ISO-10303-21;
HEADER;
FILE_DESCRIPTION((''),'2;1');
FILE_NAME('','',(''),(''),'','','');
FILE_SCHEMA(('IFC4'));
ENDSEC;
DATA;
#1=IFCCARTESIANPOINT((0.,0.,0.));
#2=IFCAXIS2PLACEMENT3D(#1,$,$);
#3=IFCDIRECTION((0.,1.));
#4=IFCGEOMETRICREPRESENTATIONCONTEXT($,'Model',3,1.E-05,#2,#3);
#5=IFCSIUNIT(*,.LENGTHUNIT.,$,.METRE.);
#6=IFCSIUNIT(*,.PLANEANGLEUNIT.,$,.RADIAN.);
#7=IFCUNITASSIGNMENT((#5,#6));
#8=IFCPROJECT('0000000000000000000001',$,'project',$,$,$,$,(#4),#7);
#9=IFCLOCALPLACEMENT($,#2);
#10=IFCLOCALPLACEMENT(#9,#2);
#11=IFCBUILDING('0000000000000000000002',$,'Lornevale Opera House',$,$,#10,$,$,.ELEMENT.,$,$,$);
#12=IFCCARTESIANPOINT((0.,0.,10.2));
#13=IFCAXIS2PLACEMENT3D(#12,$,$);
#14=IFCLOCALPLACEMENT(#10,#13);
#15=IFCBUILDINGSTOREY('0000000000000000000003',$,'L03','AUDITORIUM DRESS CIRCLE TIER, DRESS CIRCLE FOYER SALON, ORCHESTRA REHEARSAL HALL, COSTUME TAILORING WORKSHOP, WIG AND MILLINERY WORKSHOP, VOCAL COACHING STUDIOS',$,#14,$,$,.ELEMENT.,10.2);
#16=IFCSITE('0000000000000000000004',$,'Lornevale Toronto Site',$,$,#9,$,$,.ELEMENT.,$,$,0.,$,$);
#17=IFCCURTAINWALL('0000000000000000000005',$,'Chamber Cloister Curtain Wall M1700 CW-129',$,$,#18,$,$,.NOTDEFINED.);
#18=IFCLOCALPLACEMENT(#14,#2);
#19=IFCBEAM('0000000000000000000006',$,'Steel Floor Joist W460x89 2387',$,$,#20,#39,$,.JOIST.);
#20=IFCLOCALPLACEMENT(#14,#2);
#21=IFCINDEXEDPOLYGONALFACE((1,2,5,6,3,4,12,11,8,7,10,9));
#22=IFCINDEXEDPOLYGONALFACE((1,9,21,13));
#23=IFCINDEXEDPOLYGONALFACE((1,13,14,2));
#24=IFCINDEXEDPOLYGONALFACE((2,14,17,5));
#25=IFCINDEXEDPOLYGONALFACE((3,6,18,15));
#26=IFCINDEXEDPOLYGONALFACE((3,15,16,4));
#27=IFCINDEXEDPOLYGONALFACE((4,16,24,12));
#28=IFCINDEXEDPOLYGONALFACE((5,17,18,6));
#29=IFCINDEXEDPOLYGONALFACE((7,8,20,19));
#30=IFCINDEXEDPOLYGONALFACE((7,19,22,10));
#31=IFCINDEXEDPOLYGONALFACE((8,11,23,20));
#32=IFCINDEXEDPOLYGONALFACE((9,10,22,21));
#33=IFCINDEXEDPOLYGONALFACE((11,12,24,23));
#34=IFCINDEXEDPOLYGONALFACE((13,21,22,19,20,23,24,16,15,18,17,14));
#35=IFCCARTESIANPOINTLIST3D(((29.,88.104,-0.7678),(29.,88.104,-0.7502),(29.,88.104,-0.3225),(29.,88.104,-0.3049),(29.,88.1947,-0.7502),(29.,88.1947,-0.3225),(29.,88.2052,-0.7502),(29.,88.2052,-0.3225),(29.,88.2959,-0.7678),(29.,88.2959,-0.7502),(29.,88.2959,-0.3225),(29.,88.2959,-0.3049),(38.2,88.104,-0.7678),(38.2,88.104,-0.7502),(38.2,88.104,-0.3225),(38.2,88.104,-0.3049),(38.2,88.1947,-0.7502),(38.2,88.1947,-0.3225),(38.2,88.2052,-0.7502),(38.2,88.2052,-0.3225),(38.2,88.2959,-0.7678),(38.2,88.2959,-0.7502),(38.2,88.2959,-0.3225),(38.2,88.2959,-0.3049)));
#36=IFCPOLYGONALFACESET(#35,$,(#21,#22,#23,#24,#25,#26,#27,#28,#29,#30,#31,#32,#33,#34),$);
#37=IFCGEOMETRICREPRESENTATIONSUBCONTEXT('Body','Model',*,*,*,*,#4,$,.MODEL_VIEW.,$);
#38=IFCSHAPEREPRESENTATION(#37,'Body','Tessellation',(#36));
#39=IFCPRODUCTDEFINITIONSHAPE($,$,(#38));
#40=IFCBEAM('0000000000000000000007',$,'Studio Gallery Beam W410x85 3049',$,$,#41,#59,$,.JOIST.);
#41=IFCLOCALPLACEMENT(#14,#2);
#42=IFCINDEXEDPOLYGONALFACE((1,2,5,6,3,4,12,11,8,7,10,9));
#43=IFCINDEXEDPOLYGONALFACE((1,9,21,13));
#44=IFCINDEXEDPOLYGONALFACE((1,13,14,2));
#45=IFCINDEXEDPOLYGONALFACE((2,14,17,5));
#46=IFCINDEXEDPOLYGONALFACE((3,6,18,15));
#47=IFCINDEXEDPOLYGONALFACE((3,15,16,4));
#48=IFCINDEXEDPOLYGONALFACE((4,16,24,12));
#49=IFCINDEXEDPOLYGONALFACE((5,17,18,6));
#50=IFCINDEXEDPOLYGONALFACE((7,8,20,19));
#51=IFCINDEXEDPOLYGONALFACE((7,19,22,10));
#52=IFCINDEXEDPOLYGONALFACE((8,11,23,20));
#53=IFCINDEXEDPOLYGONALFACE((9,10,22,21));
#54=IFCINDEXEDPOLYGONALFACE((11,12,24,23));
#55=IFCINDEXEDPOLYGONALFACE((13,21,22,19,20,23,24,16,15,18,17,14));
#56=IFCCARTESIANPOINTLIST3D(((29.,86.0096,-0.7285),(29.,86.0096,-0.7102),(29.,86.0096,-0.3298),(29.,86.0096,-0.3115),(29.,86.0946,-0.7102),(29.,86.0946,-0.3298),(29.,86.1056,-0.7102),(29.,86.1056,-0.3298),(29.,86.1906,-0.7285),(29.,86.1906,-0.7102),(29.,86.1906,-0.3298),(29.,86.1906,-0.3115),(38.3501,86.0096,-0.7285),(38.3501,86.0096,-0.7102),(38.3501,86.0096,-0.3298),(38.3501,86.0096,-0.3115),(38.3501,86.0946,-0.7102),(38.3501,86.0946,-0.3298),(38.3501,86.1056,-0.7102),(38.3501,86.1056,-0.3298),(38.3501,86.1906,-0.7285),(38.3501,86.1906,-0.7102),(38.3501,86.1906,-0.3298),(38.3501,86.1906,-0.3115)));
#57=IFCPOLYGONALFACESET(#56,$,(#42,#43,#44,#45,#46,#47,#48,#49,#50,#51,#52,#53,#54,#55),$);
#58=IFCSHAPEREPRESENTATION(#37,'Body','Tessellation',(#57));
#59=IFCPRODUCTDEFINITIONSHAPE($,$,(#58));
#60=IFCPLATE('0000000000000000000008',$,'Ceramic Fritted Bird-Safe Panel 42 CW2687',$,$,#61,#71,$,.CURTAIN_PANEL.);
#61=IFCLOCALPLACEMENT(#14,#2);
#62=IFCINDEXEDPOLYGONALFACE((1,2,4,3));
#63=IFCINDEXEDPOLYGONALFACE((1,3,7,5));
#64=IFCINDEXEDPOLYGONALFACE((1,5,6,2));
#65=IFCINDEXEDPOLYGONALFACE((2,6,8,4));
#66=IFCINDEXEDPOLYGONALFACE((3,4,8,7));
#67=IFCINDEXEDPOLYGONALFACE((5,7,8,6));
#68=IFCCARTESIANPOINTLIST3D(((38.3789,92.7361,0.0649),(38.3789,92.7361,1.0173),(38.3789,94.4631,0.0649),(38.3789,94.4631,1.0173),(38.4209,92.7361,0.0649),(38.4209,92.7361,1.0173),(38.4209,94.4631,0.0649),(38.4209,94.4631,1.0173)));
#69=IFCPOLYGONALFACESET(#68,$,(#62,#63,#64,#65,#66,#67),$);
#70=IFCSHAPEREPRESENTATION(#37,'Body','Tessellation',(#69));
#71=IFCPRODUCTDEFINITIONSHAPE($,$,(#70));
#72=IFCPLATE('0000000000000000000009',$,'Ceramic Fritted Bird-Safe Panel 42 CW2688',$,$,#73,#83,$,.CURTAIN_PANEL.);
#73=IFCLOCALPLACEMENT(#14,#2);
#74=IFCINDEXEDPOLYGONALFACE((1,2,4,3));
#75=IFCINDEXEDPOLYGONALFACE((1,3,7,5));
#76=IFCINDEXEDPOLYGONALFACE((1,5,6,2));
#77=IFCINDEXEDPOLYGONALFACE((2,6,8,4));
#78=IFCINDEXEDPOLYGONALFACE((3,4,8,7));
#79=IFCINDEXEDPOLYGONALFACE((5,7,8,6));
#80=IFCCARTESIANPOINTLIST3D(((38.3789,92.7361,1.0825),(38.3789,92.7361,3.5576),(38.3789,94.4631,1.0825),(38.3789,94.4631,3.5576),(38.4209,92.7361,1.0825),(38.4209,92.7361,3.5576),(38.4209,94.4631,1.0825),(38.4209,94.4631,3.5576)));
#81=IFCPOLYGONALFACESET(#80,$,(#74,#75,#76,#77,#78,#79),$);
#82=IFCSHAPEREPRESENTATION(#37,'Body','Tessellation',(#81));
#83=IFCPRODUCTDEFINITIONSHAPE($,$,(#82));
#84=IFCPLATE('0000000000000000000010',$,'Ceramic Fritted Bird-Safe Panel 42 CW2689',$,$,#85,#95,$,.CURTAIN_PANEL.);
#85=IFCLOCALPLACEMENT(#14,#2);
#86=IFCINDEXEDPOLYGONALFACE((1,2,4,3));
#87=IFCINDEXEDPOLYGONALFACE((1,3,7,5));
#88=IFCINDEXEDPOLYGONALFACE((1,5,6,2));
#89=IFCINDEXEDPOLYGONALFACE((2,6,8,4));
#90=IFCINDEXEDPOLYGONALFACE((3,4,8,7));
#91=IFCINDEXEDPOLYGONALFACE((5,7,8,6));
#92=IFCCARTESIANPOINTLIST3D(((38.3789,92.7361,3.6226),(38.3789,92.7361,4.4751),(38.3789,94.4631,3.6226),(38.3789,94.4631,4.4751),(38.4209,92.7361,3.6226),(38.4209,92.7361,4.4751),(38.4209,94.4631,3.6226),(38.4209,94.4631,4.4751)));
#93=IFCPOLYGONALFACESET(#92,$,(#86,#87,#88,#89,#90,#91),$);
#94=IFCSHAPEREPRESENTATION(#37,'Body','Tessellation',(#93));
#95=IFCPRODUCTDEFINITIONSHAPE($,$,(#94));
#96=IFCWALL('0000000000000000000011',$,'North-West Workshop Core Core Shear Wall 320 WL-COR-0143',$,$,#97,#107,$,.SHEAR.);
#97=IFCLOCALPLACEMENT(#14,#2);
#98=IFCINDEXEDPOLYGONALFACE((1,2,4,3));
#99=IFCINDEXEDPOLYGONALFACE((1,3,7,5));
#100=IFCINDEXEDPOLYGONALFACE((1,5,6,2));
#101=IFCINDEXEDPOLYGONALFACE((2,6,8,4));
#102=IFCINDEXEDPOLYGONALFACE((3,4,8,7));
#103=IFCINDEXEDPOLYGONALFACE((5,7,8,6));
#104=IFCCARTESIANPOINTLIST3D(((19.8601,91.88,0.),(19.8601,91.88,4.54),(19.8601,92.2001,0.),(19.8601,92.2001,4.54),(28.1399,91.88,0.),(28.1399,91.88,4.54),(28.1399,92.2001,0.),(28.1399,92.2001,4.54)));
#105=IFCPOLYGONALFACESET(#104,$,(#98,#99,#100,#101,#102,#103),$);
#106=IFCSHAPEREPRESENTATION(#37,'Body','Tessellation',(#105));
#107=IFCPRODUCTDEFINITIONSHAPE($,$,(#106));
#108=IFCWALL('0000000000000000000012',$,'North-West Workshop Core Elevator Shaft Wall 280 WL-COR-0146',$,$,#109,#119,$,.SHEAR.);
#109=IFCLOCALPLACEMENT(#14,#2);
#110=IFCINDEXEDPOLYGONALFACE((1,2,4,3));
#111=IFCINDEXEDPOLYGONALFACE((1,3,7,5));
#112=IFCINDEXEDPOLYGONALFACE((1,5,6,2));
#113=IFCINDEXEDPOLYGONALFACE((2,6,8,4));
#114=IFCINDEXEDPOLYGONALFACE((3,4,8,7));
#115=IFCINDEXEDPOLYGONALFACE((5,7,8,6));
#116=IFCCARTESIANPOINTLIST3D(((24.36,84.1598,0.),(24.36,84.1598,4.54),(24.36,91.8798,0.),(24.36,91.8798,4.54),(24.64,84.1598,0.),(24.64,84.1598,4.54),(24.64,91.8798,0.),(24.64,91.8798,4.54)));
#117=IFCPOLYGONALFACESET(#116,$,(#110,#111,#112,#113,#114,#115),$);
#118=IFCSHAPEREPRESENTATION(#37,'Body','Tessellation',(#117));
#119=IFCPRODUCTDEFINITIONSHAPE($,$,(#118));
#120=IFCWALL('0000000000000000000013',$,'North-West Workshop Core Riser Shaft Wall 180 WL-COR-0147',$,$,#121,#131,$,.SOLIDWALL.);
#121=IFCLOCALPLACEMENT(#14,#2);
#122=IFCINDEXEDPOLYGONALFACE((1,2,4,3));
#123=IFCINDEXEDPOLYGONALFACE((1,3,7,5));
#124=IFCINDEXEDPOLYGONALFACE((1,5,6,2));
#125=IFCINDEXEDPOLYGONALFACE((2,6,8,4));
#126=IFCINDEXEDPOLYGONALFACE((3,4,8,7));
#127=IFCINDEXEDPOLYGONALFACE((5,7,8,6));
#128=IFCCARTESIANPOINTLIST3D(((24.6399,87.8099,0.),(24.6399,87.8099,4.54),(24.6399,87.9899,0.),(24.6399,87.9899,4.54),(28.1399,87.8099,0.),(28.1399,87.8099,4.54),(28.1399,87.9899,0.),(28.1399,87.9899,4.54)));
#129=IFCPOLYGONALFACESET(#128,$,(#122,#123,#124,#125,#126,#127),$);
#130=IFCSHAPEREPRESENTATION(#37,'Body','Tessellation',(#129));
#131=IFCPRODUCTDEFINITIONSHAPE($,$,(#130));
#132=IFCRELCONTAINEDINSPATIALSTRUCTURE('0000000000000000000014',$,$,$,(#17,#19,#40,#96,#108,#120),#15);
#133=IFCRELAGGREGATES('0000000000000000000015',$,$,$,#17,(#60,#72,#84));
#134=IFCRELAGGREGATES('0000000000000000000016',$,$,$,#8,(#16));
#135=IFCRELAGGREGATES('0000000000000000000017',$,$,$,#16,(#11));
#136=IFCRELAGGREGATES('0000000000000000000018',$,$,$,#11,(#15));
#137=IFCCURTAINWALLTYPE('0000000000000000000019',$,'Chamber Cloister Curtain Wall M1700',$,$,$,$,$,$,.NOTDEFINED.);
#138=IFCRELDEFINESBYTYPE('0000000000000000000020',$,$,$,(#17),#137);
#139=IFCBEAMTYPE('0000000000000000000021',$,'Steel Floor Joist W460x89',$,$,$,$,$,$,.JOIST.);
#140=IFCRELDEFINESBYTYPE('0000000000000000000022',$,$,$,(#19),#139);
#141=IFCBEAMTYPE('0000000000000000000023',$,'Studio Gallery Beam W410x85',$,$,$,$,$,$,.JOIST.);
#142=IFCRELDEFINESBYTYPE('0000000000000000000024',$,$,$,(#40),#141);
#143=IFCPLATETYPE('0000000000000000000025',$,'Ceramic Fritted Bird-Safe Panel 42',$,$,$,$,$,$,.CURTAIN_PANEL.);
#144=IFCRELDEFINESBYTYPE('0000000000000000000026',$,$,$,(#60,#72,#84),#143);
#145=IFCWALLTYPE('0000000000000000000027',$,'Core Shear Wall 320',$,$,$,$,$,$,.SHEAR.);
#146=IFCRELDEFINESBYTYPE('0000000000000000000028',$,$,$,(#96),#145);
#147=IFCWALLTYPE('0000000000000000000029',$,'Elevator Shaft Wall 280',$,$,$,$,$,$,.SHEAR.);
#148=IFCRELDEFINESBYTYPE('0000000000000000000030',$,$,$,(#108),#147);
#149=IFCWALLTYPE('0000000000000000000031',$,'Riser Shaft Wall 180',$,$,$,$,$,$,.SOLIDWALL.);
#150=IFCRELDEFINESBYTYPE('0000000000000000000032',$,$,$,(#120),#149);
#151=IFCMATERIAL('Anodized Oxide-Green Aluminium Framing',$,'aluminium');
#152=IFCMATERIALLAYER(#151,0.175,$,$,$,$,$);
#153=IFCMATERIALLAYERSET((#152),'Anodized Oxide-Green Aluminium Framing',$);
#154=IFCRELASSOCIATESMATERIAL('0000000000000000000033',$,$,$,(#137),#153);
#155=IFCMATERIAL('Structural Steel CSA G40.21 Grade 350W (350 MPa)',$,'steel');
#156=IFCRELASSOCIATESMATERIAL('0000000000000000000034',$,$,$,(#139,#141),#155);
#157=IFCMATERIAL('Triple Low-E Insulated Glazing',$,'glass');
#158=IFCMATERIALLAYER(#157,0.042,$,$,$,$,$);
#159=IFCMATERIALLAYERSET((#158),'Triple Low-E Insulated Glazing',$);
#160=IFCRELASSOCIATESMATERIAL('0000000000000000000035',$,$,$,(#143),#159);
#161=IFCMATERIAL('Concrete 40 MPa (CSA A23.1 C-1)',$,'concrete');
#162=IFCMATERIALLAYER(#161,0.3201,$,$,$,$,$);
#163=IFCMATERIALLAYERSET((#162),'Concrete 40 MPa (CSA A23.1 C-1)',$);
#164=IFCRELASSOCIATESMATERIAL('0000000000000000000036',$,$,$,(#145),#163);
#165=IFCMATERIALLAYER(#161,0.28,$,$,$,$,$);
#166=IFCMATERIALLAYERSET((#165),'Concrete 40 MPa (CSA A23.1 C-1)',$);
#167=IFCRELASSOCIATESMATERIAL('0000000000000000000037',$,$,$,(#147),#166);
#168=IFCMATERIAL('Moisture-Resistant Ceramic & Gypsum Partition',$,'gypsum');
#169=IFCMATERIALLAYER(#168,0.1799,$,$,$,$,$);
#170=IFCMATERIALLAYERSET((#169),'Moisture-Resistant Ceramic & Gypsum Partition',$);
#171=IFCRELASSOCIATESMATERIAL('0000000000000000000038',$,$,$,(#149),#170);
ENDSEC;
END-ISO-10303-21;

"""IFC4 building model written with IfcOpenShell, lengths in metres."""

from ifc_helpers import new_model, si_unit, direction, frame, frame_2d, origin, origin_2d, place, context, subcontext, project, spatial, rectangle, i_section, extrude, material, layer, layer_set, material_profile, profile_set, type_object, element, aggregate, save


model = new_model("IFC4")

# Units and contexts
model_context = context("Model", 3, precision=1e-05, world=origin(), true_north=direction((0.0, 1.0)))
body_context = subcontext(model_context, "Body", "Model", "MODEL_VIEW")
ifc_project = project(units=[si_unit("LENGTHUNIT", "METRE"), si_unit("PLANEANGLEUNIT", "RADIAN")], contexts=[model_context])

# Site, building, storey
site_placement = place(None, origin())
site = spatial("IfcSite", under=ifc_project, at=site_placement, Name="Lornevale Toronto Site", CompositionType="ELEMENT", RefElevation=0.0)
building_placement = place(site_placement, origin())
building = spatial("IfcBuilding", under=site, at=building_placement, Name="Lornevale Opera House", CompositionType="ELEMENT")
storey_placement = place(building_placement, frame((0.0, 0.0, 10.2)))
storey = spatial("IfcBuildingStorey", under=building, at=storey_placement, Name="L03", Description="AUDITORIUM DRESS CIRCLE TIER, DRESS CIRCLE FOYER SALON, ORCHESTRA REHEARSAL HALL, COSTUME TAILORING WORKSHOP, WIG AND MILLINERY WORKSHOP, VOCAL COACHING STUDIOS", CompositionType="ELEMENT", Elevation=10.2)

# Shared definitions
ifc_material_1 = material(Name="Structural Steel CSA G40.21 Grade 350W (350 MPa)", Category="steel")

# Curtain wall
ifc_material_2 = material(Name="Anodized Oxide-Green Aluminium Framing", Category="aluminium")
ifc_layer_1 = layer(ifc_material_2, 0.175)
ifc_layer_set_1 = layer_set([ifc_layer_1], Name="Anodized Oxide-Green Aluminium Framing")
curtain_wall_type = type_object("IfcCurtainWallType", Name="Chamber Cloister Curtain Wall M1700", PredefinedType="NOTDEFINED", material=ifc_layer_set_1)
curtain_wall_placement = place(storey_placement, origin())
curtain_wall = element("IfcCurtainWall", 1, at=curtain_wall_placement, inside=storey, type_object=curtain_wall_type, Name="Chamber Cloister Curtain Wall M1700 CW-129", PredefinedType="NOTDEFINED")

# Beams
ifc_material_profile_1 = material_profile(ifc_material_1, i_section(OverallWidth=0.1919, OverallDepth=0.4629, WebThickness=0.0105, FlangeThickness=0.0176, at=origin_2d()), Name="W460x89")
ifc_profile_set_1 = profile_set([ifc_material_profile_1], Name="Structural Steel CSA G40.21 Grade 350W (350 MPa)")
beam_type_1 = type_object("IfcBeamType", Name="Steel Floor Joist W460x89", PredefinedType="JOIST", material=ifc_profile_set_1)
beam_1_placement = place(storey_placement, frame((29.0, 88.2, -0.5364), z_axis=(1.0, 0.0, 0.0), x_axis=(0.0, 1.0, 0.0)))
element("IfcBeam", 2, at=beam_1_placement, inside=storey, type_object=beam_type_1, Name="Steel Floor Joist W460x89 2387", PredefinedType="JOIST", context=body_context, shape_type="SweptSolid", body=[
    extrude(i_section(OverallWidth=0.1919, OverallDepth=0.4629, WebThickness=0.0105, FlangeThickness=0.0176, at=origin_2d()), origin(), (0.0, 0.0, 1.0), 9.2),
])
ifc_material_profile_2 = material_profile(ifc_material_1, i_section(OverallWidth=0.1809, OverallDepth=0.417, WebThickness=0.011, FlangeThickness=0.0183, at=origin_2d()), Name="W410x85")
ifc_profile_set_2 = profile_set([ifc_material_profile_2], Name="Structural Steel CSA G40.21 Grade 350W (350 MPa)")
beam_type_2 = type_object("IfcBeamType", Name="Studio Gallery Beam W410x85", PredefinedType="JOIST", material=ifc_profile_set_2)
beam_2_placement = place(storey_placement, frame((29.0, 86.1001, -0.52), z_axis=(1.0, 0.0, 0.0), x_axis=(0.0, 1.0, 0.0)))
element("IfcBeam", 3, at=beam_2_placement, inside=storey, type_object=beam_type_2, Name="Studio Gallery Beam W410x85 3049", PredefinedType="JOIST", context=body_context, shape_type="SweptSolid", body=[
    extrude(i_section(OverallWidth=0.1809, OverallDepth=0.417, WebThickness=0.011, FlangeThickness=0.0183, at=origin_2d()), origin(), (0.0, 0.0, 1.0), 9.3501),
])

# Plates
ifc_material_3 = material(Name="Triple Low-E Insulated Glazing", Category="glass")
ifc_layer_2 = layer(ifc_material_3, 0.042)
ifc_layer_set_2 = layer_set([ifc_layer_2], Name="Triple Low-E Insulated Glazing")
plate_type = type_object("IfcPlateType", Name="Ceramic Fritted Bird-Safe Panel 42", PredefinedType="CURTAIN_PANEL", material=ifc_layer_set_2)
plate_1_placement = place(storey_placement, frame((38.3999, 93.5996, 0.0649), z_axis=(0.0, 0.0, 1.0), x_axis=(0.0, -1.0, 0.0)))
plate_1 = element("IfcPlate", 4, at=plate_1_placement, type_object=plate_type, Name="Ceramic Fritted Bird-Safe Panel 42 CW2687", PredefinedType="CURTAIN_PANEL", context=body_context, shape_type="SweptSolid", body=[
    extrude(rectangle(XDim=1.7271, YDim=0.042, at=origin_2d()), origin(), (0.0, 0.0, 1.0), 0.9524),
])
plate_2_placement = place(storey_placement, frame((38.3999, 93.5996, 1.0825), z_axis=(0.0, 0.0, 1.0), x_axis=(0.0, -1.0, 0.0)))
plate_2 = element("IfcPlate", 5, at=plate_2_placement, type_object=plate_type, Name="Ceramic Fritted Bird-Safe Panel 42 CW2688", PredefinedType="CURTAIN_PANEL", context=body_context, shape_type="SweptSolid", body=[
    extrude(rectangle(XDim=1.7271, YDim=0.042, at=origin_2d()), origin(), (0.0, 0.0, 1.0), 2.4751),
])
plate_3_placement = place(storey_placement, frame((38.3999, 93.5996, 3.6226), z_axis=(0.0, 0.0, 1.0), x_axis=(0.0, -1.0, 0.0)))
plate_3 = element("IfcPlate", 6, at=plate_3_placement, type_object=plate_type, Name="Ceramic Fritted Bird-Safe Panel 42 CW2689", PredefinedType="CURTAIN_PANEL", context=body_context, shape_type="SweptSolid", body=[
    extrude(rectangle(XDim=1.7271, YDim=0.042, at=origin_2d()), origin(), (0.0, 0.0, 1.0), 0.8525),
])
aggregate(curtain_wall, [plate_1, plate_2, plate_3])

# Walls
ifc_material_4 = material(Name="Concrete 40 MPa (CSA A23.1 C-1)", Category="concrete")
ifc_layer_3 = layer(ifc_material_4, 0.3201)
ifc_layer_set_3 = layer_set([ifc_layer_3], Name="Concrete 40 MPa (CSA A23.1 C-1)")
wall_type_1 = type_object("IfcWallType", Name="Core Shear Wall 320", PredefinedType="SHEAR", material=ifc_layer_set_3)
wall_1_placement = place(storey_placement, frame((28.1399, 92.04, 0.0), z_axis=(0.0, 0.0, 1.0), x_axis=(-1.0, 0.0, 0.0)))
element("IfcWall", 7, at=wall_1_placement, inside=storey, type_object=wall_type_1, Name="North-West Workshop Core Core Shear Wall 320 WL-COR-0143", PredefinedType="SHEAR", context=body_context, shape_type="SweptSolid", body=[
    extrude(rectangle(XDim=8.2798, YDim=0.3201, at=frame_2d((4.1399, 0.0))), origin(), (0.0, 0.0, 1.0), 4.54),
])
ifc_layer_4 = layer(ifc_material_4, 0.28)
ifc_layer_set_4 = layer_set([ifc_layer_4], Name="Concrete 40 MPa (CSA A23.1 C-1)")
wall_type_2 = type_object("IfcWallType", Name="Elevator Shaft Wall 280", PredefinedType="SHEAR", material=ifc_layer_set_4)
wall_2_placement = place(storey_placement, frame((24.5, 84.1599, 0.0), z_axis=(0.0, 0.0, 1.0), x_axis=(0.0, 1.0, 0.0)))
element("IfcWall", 8, at=wall_2_placement, inside=storey, type_object=wall_type_2, Name="North-West Workshop Core Elevator Shaft Wall 280 WL-COR-0146", PredefinedType="SHEAR", context=body_context, shape_type="SweptSolid", body=[
    extrude(rectangle(XDim=7.72, YDim=0.28, at=frame_2d((3.8599, 0.0))), origin(), (0.0, 0.0, 1.0), 4.54),
])
ifc_material_5 = material(Name="Moisture-Resistant Ceramic & Gypsum Partition", Category="gypsum")
ifc_layer_5 = layer(ifc_material_5, 0.1799)
ifc_layer_set_5 = layer_set([ifc_layer_5], Name="Moisture-Resistant Ceramic & Gypsum Partition")
wall_type_3 = type_object("IfcWallType", Name="Riser Shaft Wall 180", PredefinedType="SOLIDWALL", material=ifc_layer_set_5)
wall_3_placement = place(storey_placement, frame((24.6399, 87.8999, 0.0), z_axis=(0.0, 0.0, 1.0), x_axis=(1.0, 0.0, 0.0)))
element("IfcWall", 9, at=wall_3_placement, inside=storey, type_object=wall_type_3, Name="North-West Workshop Core Riser Shaft Wall 180 WL-COR-0147", PredefinedType="SOLIDWALL", context=body_context, shape_type="SweptSolid", body=[
    extrude(rectangle(XDim=3.5, YDim=0.1799, at=frame_2d((1.75, 0.0))), origin(), (0.0, 0.0, 1.0), 4.54),
])

save(model, "model.ifc")
